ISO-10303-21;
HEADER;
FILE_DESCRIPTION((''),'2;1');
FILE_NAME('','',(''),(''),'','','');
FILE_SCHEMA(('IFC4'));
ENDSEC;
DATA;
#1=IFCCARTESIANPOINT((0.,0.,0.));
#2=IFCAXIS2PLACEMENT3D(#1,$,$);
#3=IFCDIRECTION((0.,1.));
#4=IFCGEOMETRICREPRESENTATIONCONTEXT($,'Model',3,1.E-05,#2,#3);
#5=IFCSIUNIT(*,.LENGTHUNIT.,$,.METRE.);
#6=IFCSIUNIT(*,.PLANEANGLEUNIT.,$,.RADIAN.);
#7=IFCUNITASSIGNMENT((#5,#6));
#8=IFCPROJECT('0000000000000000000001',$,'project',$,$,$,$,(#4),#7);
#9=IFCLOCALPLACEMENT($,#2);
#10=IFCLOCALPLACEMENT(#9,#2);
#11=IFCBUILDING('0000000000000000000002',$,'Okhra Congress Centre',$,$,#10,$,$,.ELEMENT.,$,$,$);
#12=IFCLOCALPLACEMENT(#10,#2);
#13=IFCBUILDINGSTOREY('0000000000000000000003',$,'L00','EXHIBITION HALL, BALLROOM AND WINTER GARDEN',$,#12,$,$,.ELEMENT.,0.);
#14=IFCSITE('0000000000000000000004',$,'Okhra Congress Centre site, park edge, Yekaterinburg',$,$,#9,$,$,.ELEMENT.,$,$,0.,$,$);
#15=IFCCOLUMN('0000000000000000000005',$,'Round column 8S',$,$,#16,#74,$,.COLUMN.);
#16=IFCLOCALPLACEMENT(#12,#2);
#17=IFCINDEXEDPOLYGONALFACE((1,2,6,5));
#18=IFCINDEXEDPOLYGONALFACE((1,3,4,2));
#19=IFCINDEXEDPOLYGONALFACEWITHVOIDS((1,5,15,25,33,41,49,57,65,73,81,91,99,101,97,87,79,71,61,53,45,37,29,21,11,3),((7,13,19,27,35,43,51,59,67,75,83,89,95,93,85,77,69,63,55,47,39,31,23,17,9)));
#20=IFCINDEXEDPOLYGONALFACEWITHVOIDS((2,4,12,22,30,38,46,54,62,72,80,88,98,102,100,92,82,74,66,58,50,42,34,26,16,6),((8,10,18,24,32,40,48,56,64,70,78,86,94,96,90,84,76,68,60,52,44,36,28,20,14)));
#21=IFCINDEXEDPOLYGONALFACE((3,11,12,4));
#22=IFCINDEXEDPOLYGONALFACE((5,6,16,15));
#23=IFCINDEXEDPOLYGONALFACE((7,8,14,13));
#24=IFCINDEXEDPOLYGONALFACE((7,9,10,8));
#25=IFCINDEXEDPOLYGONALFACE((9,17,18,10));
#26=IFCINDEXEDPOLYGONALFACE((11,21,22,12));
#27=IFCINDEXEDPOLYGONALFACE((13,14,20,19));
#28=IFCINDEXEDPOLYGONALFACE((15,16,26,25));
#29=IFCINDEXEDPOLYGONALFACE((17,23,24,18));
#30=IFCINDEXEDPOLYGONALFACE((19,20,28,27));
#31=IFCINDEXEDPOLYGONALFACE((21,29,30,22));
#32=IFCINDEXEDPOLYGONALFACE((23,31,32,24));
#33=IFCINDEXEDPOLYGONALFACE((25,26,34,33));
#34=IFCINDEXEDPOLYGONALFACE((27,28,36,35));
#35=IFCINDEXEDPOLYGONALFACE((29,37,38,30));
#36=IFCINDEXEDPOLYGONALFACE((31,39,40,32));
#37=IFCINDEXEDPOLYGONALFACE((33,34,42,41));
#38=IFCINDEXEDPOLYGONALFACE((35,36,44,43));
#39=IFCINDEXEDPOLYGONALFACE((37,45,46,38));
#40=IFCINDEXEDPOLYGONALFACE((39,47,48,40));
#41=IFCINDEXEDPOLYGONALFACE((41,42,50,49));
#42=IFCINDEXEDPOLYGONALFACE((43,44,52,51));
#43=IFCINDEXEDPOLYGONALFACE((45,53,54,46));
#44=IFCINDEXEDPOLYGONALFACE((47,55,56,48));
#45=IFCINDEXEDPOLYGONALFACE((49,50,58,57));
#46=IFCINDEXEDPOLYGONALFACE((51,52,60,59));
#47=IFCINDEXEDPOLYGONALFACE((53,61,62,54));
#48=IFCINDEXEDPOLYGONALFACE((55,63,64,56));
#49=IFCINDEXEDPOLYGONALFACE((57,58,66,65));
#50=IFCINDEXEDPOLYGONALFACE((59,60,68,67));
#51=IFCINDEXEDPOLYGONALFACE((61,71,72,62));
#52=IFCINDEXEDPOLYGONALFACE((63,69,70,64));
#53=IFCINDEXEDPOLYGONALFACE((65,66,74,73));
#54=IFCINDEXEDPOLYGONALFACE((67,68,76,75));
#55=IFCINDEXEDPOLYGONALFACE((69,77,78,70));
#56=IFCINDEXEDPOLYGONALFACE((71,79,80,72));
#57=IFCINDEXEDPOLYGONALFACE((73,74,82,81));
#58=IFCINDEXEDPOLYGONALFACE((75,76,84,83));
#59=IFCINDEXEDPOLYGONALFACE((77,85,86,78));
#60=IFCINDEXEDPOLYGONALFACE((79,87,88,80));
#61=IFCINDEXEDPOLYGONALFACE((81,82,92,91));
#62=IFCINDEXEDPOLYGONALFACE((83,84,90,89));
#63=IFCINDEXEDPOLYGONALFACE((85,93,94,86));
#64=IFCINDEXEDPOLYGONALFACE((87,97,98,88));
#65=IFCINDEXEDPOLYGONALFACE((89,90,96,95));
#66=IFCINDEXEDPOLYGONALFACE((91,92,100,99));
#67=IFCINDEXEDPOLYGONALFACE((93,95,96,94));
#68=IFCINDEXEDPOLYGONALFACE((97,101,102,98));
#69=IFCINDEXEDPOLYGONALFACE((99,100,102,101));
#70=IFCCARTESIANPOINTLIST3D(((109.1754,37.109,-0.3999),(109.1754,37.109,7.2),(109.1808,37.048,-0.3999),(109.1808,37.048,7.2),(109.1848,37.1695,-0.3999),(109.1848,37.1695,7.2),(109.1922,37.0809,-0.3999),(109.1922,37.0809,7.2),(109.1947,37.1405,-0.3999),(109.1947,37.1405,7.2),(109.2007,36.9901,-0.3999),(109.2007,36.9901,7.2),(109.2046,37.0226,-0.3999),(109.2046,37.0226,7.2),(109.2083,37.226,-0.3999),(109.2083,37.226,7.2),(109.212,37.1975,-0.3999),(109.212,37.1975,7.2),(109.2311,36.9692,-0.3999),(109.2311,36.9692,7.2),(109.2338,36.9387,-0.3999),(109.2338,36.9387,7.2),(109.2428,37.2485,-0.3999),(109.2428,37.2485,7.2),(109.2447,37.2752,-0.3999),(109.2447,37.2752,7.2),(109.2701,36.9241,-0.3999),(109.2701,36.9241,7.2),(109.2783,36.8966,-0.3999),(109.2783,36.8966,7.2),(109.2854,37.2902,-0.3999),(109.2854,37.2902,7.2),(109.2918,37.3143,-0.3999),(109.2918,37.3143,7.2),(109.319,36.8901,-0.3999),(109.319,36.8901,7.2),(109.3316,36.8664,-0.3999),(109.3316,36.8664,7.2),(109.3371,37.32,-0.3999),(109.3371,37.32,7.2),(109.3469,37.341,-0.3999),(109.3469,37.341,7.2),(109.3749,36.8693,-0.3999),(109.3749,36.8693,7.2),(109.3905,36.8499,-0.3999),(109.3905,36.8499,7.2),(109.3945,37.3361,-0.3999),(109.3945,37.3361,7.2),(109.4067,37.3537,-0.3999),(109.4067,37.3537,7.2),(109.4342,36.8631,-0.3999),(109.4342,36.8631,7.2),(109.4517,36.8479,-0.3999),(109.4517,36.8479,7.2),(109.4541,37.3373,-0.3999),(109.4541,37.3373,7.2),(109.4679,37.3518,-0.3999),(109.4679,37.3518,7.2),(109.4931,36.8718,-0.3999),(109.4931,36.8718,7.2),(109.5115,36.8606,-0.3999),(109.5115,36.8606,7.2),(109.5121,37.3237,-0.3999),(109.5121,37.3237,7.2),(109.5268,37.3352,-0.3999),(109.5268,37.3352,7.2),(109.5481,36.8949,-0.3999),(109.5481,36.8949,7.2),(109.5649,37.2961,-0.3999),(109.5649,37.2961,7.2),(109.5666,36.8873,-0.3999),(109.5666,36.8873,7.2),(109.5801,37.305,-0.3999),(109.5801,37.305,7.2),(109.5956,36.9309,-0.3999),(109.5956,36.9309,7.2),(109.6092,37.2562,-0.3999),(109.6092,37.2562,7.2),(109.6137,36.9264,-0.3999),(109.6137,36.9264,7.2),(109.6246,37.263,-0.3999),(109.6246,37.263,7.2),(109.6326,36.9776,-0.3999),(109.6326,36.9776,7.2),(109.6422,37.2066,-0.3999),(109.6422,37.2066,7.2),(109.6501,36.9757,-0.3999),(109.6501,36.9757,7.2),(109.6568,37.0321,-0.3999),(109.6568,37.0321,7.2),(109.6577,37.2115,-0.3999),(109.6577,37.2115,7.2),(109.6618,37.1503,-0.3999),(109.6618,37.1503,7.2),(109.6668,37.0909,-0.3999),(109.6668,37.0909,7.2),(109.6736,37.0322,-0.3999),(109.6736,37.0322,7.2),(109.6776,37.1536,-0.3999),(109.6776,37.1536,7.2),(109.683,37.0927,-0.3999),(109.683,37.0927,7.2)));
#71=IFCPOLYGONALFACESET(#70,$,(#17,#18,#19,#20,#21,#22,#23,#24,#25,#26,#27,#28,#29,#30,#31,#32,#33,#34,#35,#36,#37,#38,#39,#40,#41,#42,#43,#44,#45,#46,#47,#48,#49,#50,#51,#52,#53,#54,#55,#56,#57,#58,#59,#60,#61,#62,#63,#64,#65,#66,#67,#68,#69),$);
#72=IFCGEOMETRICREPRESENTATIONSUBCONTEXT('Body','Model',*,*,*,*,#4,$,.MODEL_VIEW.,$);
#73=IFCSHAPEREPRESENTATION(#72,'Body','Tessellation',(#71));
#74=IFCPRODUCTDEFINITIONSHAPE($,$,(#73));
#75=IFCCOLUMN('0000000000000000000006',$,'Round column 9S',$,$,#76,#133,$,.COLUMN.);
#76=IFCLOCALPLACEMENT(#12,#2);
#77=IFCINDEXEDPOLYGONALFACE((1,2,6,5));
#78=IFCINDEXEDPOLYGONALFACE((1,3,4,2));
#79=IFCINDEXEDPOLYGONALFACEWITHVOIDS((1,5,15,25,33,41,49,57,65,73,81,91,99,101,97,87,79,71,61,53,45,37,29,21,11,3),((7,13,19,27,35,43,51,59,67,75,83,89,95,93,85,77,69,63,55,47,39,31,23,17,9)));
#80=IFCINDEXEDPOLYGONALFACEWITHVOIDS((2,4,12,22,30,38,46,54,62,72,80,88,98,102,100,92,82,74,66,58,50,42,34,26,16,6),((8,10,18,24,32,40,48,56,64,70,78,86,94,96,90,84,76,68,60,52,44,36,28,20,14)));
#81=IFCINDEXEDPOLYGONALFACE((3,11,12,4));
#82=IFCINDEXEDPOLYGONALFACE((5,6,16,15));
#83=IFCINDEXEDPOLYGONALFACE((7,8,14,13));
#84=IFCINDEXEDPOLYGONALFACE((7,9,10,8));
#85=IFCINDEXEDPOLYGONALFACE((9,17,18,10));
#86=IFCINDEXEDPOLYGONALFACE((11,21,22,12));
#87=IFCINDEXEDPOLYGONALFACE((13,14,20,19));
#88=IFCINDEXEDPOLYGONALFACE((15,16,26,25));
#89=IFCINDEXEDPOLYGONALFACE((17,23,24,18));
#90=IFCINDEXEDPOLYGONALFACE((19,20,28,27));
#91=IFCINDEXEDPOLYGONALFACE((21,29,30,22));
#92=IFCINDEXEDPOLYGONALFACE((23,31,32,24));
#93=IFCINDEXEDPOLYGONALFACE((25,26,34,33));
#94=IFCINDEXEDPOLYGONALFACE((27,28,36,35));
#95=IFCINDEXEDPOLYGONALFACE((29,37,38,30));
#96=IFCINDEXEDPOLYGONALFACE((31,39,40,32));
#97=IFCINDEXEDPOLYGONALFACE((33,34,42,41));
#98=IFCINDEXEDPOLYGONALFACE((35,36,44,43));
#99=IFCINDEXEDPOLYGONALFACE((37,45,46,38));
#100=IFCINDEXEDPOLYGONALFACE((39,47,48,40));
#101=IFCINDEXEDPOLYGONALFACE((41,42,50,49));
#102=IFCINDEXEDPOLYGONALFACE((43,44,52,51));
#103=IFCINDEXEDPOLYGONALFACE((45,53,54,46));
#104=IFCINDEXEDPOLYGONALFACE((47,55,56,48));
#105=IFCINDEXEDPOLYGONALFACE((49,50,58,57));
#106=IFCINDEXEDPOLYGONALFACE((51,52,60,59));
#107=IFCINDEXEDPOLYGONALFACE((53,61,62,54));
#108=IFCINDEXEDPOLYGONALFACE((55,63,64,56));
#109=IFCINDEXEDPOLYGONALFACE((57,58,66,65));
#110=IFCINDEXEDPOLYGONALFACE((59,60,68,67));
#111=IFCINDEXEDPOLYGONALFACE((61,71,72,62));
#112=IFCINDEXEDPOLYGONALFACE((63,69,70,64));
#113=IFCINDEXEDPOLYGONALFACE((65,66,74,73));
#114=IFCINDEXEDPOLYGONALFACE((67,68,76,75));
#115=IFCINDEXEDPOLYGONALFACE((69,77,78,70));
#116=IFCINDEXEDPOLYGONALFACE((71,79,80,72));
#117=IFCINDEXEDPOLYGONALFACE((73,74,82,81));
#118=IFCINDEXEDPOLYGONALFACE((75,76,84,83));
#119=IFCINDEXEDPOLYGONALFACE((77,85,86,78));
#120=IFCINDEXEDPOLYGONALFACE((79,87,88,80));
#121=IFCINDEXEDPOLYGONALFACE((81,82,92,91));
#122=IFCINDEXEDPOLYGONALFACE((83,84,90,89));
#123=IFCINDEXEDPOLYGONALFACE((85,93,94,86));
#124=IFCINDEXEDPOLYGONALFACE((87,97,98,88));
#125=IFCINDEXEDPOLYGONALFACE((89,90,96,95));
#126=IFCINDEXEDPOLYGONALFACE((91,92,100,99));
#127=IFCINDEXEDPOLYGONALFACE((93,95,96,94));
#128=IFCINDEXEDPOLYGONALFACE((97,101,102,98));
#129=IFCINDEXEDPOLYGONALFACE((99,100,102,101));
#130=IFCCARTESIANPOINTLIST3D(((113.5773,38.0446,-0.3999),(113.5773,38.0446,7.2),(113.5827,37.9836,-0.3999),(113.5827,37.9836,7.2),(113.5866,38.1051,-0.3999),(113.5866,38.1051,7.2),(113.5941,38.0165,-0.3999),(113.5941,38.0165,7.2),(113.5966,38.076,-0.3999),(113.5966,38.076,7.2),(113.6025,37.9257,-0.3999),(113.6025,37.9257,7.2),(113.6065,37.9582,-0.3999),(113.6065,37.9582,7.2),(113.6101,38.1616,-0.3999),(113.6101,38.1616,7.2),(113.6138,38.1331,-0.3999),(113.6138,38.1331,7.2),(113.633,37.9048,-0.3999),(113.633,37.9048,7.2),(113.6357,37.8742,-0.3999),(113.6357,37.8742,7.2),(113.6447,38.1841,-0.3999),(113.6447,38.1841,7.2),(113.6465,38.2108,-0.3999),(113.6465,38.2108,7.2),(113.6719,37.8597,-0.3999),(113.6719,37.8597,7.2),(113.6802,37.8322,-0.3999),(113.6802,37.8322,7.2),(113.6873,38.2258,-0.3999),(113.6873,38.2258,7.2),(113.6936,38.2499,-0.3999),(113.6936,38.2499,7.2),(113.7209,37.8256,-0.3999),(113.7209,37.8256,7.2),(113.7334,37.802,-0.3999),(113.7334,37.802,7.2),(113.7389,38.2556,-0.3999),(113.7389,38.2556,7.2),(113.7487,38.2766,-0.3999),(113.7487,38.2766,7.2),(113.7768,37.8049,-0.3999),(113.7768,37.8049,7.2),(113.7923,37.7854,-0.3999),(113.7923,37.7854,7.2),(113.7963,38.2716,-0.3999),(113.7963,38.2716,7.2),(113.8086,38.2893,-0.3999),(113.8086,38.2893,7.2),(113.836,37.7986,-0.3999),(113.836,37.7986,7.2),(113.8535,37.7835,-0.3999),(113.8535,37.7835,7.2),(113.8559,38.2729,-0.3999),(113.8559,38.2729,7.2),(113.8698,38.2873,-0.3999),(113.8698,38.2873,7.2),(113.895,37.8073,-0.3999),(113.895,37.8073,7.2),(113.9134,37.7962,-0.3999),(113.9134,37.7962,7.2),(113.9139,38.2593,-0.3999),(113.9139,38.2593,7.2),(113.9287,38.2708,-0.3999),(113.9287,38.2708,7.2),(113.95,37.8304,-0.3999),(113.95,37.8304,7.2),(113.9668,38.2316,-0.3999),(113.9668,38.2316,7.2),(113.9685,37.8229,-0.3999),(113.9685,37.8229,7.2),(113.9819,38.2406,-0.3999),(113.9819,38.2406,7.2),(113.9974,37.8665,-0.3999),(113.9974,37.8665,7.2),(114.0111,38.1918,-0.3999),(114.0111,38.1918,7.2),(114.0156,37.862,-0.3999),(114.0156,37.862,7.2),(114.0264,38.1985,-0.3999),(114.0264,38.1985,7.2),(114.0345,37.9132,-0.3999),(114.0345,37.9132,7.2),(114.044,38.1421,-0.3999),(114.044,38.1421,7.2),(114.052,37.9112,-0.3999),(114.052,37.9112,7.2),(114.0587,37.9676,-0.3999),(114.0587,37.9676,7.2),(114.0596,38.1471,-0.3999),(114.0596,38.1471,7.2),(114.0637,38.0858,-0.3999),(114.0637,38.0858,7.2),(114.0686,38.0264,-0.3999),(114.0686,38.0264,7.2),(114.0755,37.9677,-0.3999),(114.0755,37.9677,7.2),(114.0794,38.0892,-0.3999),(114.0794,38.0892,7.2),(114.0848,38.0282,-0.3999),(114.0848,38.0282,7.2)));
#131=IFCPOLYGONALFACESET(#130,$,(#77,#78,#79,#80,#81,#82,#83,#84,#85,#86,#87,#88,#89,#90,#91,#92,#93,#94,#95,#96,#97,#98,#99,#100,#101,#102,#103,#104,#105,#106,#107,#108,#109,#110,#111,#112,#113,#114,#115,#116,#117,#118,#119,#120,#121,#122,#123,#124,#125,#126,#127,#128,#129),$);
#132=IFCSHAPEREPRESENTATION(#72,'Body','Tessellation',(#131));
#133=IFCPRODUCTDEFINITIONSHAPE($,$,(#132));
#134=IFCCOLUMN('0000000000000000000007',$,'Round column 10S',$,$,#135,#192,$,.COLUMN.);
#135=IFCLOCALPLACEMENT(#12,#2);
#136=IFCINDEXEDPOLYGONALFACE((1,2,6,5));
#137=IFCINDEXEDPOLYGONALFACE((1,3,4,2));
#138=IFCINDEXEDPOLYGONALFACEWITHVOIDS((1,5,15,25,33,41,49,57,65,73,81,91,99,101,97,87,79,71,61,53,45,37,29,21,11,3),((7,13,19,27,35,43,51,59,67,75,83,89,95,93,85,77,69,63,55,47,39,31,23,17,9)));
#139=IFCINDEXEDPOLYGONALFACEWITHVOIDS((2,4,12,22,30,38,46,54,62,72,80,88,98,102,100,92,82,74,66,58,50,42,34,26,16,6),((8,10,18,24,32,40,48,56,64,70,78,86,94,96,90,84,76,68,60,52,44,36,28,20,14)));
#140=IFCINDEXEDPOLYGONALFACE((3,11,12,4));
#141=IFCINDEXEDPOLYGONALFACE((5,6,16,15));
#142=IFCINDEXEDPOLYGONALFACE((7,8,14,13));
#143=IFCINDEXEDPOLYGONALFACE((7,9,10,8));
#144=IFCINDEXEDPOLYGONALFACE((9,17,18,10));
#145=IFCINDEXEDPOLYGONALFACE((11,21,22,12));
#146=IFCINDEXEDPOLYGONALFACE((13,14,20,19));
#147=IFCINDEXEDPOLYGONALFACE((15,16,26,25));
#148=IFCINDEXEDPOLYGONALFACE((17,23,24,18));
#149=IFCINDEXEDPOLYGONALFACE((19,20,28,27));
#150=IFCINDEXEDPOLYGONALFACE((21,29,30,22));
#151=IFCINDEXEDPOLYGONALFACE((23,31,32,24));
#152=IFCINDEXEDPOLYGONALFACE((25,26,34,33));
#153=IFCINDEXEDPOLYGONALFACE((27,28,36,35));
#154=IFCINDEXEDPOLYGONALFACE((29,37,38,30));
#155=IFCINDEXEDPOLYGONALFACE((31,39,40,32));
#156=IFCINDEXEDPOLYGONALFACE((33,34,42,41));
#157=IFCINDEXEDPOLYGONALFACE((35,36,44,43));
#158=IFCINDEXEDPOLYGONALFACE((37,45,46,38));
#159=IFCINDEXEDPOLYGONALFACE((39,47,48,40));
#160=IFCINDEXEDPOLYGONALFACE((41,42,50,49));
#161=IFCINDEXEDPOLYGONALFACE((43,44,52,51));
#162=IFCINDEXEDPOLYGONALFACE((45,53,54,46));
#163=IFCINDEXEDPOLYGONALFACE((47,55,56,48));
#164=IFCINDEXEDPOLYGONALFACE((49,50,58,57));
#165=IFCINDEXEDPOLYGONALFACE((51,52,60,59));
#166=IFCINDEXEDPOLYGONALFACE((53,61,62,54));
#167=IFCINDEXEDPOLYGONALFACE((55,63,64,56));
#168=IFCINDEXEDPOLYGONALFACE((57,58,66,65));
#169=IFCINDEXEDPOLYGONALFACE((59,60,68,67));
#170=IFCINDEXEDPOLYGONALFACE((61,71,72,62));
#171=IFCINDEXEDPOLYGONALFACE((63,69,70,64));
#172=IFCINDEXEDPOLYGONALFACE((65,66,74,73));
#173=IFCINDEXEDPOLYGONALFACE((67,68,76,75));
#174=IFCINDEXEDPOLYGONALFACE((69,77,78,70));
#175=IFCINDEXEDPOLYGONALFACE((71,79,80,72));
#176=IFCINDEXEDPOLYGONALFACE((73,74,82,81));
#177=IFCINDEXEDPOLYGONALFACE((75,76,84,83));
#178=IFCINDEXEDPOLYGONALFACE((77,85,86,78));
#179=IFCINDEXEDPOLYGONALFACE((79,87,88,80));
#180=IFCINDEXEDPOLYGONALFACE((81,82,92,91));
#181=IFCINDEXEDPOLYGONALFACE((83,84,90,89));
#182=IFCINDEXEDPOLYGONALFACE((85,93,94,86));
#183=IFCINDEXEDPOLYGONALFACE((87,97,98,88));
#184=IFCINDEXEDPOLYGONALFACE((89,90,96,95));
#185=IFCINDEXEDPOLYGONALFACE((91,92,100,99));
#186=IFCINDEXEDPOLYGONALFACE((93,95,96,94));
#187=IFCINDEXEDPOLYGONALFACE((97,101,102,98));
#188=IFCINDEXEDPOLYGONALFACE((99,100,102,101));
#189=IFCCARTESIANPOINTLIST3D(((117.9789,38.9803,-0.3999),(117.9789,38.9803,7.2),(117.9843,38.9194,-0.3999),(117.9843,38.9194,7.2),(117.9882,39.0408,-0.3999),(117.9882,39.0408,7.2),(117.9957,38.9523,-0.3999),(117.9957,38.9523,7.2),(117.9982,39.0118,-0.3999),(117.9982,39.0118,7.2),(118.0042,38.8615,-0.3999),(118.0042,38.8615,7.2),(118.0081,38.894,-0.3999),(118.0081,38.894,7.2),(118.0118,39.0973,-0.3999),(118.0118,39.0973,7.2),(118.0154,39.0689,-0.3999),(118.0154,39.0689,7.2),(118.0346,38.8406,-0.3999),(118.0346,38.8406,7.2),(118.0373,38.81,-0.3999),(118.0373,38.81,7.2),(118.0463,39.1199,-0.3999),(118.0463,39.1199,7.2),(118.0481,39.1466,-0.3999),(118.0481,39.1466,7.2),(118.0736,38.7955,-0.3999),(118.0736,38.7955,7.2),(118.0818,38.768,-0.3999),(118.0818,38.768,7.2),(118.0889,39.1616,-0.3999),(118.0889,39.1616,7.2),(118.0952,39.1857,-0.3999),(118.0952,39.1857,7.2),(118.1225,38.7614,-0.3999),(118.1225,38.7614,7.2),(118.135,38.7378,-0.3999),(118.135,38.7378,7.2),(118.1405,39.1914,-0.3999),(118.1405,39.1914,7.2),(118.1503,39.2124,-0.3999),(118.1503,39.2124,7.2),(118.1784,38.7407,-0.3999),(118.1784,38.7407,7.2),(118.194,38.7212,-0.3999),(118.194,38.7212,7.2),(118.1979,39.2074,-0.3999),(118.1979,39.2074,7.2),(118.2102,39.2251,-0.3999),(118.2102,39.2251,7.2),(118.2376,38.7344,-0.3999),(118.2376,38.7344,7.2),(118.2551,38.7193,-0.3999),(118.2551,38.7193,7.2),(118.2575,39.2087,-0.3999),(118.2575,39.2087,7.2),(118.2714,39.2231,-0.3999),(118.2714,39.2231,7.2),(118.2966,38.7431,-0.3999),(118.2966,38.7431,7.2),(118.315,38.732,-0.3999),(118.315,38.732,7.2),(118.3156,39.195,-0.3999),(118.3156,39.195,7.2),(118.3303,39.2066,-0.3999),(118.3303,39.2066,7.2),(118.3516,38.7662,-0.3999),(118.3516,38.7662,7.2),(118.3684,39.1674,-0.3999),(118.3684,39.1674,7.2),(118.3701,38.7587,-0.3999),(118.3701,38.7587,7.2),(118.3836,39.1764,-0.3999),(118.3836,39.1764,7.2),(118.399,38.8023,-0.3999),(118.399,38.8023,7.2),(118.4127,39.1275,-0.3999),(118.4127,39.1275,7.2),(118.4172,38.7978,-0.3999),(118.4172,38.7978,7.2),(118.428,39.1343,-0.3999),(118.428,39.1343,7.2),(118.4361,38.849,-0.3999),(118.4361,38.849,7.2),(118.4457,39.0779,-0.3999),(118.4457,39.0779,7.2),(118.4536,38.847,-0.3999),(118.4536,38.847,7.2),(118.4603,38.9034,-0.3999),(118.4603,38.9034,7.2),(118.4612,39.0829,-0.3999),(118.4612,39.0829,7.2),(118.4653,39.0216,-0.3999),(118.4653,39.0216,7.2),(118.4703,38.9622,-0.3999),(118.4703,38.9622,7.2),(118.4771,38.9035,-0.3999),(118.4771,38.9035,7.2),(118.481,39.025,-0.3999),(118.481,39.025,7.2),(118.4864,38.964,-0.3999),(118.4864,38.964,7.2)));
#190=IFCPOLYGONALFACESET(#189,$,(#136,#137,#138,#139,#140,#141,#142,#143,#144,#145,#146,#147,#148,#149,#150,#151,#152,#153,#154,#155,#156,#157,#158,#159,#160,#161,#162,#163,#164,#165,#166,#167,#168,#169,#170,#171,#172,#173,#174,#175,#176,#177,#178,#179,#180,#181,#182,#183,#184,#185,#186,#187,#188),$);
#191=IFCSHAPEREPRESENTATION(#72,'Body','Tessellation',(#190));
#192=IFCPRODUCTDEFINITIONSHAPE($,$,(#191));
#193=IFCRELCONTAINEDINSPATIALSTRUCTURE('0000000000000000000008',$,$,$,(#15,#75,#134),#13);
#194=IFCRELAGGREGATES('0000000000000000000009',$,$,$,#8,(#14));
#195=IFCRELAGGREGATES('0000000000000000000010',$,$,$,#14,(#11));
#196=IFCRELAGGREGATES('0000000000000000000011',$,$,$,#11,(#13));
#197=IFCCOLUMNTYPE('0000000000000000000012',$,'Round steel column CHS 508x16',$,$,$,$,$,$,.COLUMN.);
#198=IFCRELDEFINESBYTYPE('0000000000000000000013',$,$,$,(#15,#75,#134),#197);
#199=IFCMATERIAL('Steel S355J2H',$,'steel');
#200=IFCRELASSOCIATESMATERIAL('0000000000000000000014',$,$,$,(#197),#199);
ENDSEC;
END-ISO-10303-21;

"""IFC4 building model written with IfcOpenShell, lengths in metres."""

from ifc_helpers import new_model, si_unit, direction, frame, origin, origin_2d, place, context, subcontext, project, spatial, hollow_circle, extrude, material, material_profile, profile_set, type_object, element, save


model = new_model("IFC4")

# Units and contexts
model_context = context("Model", 3, precision=1e-05, world=origin(), true_north=direction((0.0, 1.0)))
body_context = subcontext(model_context, "Body", "Model", "MODEL_VIEW")
ifc_project = project(units=[si_unit("LENGTHUNIT", "METRE"), si_unit("PLANEANGLEUNIT", "RADIAN")], contexts=[model_context])

# Site, building, storey
site_placement = place(None, origin())
site = spatial("IfcSite", under=ifc_project, at=site_placement, Name="Okhra Congress Centre site, park edge, Yekaterinburg", CompositionType="ELEMENT", RefElevation=0.0)
building_placement = place(site_placement, origin())
building = spatial("IfcBuilding", under=site, at=building_placement, Name="Okhra Congress Centre", CompositionType="ELEMENT")
storey_placement = place(building_placement, origin())
storey = spatial("IfcBuildingStorey", under=building, at=storey_placement, Name="L00", Description="EXHIBITION HALL, BALLROOM AND WINTER GARDEN", CompositionType="ELEMENT", Elevation=0.0)

# Columns
ifc_material_1 = material(Name="Steel S355J2H", Category="steel")
ifc_material_profile_1 = material_profile(ifc_material_1, hollow_circle(Radius=0.2539, WallThickness=0.0161, at=origin_2d()), Name="CHS 508x16")
ifc_profile_set_1 = profile_set([ifc_material_profile_1], Name="Steel S355J2H")
column_type = type_object("IfcColumnType", Name="Round steel column CHS 508x16", PredefinedType="COLUMN", material=ifc_profile_set_1)
for number, where, z_axis, x_axis, name in (
    (1, (109.4292, 37.1008, -0.3999), (0.0, 0.0, 1.0), (0.978148, 0.207912, 0.0), "Round column 8S"),
    (2, (113.8311, 38.0364, -0.3999), (0.0, 0.0, 1.0), (0.978148, 0.207912, 0.0), "Round column 9S"),
    (3, (118.2327, 38.9722, -0.3999), (0.0, 0.0, 1.0), (0.978148, 0.207912, 0.0), "Round column 10S"),
):
    element("IfcColumn", number, at=place(storey_placement, frame(where, z_axis=z_axis, x_axis=x_axis)), inside=storey, type_object=column_type, Name=name, PredefinedType="COLUMN", context=body_context, shape_type="SweptSolid", body=[
        extrude(hollow_circle(Radius=0.2539, WallThickness=0.0161, at=origin_2d()), origin(), (0.0, 0.0, 1.0), 7.5999),
    ])

save(model, "model.ifc")
